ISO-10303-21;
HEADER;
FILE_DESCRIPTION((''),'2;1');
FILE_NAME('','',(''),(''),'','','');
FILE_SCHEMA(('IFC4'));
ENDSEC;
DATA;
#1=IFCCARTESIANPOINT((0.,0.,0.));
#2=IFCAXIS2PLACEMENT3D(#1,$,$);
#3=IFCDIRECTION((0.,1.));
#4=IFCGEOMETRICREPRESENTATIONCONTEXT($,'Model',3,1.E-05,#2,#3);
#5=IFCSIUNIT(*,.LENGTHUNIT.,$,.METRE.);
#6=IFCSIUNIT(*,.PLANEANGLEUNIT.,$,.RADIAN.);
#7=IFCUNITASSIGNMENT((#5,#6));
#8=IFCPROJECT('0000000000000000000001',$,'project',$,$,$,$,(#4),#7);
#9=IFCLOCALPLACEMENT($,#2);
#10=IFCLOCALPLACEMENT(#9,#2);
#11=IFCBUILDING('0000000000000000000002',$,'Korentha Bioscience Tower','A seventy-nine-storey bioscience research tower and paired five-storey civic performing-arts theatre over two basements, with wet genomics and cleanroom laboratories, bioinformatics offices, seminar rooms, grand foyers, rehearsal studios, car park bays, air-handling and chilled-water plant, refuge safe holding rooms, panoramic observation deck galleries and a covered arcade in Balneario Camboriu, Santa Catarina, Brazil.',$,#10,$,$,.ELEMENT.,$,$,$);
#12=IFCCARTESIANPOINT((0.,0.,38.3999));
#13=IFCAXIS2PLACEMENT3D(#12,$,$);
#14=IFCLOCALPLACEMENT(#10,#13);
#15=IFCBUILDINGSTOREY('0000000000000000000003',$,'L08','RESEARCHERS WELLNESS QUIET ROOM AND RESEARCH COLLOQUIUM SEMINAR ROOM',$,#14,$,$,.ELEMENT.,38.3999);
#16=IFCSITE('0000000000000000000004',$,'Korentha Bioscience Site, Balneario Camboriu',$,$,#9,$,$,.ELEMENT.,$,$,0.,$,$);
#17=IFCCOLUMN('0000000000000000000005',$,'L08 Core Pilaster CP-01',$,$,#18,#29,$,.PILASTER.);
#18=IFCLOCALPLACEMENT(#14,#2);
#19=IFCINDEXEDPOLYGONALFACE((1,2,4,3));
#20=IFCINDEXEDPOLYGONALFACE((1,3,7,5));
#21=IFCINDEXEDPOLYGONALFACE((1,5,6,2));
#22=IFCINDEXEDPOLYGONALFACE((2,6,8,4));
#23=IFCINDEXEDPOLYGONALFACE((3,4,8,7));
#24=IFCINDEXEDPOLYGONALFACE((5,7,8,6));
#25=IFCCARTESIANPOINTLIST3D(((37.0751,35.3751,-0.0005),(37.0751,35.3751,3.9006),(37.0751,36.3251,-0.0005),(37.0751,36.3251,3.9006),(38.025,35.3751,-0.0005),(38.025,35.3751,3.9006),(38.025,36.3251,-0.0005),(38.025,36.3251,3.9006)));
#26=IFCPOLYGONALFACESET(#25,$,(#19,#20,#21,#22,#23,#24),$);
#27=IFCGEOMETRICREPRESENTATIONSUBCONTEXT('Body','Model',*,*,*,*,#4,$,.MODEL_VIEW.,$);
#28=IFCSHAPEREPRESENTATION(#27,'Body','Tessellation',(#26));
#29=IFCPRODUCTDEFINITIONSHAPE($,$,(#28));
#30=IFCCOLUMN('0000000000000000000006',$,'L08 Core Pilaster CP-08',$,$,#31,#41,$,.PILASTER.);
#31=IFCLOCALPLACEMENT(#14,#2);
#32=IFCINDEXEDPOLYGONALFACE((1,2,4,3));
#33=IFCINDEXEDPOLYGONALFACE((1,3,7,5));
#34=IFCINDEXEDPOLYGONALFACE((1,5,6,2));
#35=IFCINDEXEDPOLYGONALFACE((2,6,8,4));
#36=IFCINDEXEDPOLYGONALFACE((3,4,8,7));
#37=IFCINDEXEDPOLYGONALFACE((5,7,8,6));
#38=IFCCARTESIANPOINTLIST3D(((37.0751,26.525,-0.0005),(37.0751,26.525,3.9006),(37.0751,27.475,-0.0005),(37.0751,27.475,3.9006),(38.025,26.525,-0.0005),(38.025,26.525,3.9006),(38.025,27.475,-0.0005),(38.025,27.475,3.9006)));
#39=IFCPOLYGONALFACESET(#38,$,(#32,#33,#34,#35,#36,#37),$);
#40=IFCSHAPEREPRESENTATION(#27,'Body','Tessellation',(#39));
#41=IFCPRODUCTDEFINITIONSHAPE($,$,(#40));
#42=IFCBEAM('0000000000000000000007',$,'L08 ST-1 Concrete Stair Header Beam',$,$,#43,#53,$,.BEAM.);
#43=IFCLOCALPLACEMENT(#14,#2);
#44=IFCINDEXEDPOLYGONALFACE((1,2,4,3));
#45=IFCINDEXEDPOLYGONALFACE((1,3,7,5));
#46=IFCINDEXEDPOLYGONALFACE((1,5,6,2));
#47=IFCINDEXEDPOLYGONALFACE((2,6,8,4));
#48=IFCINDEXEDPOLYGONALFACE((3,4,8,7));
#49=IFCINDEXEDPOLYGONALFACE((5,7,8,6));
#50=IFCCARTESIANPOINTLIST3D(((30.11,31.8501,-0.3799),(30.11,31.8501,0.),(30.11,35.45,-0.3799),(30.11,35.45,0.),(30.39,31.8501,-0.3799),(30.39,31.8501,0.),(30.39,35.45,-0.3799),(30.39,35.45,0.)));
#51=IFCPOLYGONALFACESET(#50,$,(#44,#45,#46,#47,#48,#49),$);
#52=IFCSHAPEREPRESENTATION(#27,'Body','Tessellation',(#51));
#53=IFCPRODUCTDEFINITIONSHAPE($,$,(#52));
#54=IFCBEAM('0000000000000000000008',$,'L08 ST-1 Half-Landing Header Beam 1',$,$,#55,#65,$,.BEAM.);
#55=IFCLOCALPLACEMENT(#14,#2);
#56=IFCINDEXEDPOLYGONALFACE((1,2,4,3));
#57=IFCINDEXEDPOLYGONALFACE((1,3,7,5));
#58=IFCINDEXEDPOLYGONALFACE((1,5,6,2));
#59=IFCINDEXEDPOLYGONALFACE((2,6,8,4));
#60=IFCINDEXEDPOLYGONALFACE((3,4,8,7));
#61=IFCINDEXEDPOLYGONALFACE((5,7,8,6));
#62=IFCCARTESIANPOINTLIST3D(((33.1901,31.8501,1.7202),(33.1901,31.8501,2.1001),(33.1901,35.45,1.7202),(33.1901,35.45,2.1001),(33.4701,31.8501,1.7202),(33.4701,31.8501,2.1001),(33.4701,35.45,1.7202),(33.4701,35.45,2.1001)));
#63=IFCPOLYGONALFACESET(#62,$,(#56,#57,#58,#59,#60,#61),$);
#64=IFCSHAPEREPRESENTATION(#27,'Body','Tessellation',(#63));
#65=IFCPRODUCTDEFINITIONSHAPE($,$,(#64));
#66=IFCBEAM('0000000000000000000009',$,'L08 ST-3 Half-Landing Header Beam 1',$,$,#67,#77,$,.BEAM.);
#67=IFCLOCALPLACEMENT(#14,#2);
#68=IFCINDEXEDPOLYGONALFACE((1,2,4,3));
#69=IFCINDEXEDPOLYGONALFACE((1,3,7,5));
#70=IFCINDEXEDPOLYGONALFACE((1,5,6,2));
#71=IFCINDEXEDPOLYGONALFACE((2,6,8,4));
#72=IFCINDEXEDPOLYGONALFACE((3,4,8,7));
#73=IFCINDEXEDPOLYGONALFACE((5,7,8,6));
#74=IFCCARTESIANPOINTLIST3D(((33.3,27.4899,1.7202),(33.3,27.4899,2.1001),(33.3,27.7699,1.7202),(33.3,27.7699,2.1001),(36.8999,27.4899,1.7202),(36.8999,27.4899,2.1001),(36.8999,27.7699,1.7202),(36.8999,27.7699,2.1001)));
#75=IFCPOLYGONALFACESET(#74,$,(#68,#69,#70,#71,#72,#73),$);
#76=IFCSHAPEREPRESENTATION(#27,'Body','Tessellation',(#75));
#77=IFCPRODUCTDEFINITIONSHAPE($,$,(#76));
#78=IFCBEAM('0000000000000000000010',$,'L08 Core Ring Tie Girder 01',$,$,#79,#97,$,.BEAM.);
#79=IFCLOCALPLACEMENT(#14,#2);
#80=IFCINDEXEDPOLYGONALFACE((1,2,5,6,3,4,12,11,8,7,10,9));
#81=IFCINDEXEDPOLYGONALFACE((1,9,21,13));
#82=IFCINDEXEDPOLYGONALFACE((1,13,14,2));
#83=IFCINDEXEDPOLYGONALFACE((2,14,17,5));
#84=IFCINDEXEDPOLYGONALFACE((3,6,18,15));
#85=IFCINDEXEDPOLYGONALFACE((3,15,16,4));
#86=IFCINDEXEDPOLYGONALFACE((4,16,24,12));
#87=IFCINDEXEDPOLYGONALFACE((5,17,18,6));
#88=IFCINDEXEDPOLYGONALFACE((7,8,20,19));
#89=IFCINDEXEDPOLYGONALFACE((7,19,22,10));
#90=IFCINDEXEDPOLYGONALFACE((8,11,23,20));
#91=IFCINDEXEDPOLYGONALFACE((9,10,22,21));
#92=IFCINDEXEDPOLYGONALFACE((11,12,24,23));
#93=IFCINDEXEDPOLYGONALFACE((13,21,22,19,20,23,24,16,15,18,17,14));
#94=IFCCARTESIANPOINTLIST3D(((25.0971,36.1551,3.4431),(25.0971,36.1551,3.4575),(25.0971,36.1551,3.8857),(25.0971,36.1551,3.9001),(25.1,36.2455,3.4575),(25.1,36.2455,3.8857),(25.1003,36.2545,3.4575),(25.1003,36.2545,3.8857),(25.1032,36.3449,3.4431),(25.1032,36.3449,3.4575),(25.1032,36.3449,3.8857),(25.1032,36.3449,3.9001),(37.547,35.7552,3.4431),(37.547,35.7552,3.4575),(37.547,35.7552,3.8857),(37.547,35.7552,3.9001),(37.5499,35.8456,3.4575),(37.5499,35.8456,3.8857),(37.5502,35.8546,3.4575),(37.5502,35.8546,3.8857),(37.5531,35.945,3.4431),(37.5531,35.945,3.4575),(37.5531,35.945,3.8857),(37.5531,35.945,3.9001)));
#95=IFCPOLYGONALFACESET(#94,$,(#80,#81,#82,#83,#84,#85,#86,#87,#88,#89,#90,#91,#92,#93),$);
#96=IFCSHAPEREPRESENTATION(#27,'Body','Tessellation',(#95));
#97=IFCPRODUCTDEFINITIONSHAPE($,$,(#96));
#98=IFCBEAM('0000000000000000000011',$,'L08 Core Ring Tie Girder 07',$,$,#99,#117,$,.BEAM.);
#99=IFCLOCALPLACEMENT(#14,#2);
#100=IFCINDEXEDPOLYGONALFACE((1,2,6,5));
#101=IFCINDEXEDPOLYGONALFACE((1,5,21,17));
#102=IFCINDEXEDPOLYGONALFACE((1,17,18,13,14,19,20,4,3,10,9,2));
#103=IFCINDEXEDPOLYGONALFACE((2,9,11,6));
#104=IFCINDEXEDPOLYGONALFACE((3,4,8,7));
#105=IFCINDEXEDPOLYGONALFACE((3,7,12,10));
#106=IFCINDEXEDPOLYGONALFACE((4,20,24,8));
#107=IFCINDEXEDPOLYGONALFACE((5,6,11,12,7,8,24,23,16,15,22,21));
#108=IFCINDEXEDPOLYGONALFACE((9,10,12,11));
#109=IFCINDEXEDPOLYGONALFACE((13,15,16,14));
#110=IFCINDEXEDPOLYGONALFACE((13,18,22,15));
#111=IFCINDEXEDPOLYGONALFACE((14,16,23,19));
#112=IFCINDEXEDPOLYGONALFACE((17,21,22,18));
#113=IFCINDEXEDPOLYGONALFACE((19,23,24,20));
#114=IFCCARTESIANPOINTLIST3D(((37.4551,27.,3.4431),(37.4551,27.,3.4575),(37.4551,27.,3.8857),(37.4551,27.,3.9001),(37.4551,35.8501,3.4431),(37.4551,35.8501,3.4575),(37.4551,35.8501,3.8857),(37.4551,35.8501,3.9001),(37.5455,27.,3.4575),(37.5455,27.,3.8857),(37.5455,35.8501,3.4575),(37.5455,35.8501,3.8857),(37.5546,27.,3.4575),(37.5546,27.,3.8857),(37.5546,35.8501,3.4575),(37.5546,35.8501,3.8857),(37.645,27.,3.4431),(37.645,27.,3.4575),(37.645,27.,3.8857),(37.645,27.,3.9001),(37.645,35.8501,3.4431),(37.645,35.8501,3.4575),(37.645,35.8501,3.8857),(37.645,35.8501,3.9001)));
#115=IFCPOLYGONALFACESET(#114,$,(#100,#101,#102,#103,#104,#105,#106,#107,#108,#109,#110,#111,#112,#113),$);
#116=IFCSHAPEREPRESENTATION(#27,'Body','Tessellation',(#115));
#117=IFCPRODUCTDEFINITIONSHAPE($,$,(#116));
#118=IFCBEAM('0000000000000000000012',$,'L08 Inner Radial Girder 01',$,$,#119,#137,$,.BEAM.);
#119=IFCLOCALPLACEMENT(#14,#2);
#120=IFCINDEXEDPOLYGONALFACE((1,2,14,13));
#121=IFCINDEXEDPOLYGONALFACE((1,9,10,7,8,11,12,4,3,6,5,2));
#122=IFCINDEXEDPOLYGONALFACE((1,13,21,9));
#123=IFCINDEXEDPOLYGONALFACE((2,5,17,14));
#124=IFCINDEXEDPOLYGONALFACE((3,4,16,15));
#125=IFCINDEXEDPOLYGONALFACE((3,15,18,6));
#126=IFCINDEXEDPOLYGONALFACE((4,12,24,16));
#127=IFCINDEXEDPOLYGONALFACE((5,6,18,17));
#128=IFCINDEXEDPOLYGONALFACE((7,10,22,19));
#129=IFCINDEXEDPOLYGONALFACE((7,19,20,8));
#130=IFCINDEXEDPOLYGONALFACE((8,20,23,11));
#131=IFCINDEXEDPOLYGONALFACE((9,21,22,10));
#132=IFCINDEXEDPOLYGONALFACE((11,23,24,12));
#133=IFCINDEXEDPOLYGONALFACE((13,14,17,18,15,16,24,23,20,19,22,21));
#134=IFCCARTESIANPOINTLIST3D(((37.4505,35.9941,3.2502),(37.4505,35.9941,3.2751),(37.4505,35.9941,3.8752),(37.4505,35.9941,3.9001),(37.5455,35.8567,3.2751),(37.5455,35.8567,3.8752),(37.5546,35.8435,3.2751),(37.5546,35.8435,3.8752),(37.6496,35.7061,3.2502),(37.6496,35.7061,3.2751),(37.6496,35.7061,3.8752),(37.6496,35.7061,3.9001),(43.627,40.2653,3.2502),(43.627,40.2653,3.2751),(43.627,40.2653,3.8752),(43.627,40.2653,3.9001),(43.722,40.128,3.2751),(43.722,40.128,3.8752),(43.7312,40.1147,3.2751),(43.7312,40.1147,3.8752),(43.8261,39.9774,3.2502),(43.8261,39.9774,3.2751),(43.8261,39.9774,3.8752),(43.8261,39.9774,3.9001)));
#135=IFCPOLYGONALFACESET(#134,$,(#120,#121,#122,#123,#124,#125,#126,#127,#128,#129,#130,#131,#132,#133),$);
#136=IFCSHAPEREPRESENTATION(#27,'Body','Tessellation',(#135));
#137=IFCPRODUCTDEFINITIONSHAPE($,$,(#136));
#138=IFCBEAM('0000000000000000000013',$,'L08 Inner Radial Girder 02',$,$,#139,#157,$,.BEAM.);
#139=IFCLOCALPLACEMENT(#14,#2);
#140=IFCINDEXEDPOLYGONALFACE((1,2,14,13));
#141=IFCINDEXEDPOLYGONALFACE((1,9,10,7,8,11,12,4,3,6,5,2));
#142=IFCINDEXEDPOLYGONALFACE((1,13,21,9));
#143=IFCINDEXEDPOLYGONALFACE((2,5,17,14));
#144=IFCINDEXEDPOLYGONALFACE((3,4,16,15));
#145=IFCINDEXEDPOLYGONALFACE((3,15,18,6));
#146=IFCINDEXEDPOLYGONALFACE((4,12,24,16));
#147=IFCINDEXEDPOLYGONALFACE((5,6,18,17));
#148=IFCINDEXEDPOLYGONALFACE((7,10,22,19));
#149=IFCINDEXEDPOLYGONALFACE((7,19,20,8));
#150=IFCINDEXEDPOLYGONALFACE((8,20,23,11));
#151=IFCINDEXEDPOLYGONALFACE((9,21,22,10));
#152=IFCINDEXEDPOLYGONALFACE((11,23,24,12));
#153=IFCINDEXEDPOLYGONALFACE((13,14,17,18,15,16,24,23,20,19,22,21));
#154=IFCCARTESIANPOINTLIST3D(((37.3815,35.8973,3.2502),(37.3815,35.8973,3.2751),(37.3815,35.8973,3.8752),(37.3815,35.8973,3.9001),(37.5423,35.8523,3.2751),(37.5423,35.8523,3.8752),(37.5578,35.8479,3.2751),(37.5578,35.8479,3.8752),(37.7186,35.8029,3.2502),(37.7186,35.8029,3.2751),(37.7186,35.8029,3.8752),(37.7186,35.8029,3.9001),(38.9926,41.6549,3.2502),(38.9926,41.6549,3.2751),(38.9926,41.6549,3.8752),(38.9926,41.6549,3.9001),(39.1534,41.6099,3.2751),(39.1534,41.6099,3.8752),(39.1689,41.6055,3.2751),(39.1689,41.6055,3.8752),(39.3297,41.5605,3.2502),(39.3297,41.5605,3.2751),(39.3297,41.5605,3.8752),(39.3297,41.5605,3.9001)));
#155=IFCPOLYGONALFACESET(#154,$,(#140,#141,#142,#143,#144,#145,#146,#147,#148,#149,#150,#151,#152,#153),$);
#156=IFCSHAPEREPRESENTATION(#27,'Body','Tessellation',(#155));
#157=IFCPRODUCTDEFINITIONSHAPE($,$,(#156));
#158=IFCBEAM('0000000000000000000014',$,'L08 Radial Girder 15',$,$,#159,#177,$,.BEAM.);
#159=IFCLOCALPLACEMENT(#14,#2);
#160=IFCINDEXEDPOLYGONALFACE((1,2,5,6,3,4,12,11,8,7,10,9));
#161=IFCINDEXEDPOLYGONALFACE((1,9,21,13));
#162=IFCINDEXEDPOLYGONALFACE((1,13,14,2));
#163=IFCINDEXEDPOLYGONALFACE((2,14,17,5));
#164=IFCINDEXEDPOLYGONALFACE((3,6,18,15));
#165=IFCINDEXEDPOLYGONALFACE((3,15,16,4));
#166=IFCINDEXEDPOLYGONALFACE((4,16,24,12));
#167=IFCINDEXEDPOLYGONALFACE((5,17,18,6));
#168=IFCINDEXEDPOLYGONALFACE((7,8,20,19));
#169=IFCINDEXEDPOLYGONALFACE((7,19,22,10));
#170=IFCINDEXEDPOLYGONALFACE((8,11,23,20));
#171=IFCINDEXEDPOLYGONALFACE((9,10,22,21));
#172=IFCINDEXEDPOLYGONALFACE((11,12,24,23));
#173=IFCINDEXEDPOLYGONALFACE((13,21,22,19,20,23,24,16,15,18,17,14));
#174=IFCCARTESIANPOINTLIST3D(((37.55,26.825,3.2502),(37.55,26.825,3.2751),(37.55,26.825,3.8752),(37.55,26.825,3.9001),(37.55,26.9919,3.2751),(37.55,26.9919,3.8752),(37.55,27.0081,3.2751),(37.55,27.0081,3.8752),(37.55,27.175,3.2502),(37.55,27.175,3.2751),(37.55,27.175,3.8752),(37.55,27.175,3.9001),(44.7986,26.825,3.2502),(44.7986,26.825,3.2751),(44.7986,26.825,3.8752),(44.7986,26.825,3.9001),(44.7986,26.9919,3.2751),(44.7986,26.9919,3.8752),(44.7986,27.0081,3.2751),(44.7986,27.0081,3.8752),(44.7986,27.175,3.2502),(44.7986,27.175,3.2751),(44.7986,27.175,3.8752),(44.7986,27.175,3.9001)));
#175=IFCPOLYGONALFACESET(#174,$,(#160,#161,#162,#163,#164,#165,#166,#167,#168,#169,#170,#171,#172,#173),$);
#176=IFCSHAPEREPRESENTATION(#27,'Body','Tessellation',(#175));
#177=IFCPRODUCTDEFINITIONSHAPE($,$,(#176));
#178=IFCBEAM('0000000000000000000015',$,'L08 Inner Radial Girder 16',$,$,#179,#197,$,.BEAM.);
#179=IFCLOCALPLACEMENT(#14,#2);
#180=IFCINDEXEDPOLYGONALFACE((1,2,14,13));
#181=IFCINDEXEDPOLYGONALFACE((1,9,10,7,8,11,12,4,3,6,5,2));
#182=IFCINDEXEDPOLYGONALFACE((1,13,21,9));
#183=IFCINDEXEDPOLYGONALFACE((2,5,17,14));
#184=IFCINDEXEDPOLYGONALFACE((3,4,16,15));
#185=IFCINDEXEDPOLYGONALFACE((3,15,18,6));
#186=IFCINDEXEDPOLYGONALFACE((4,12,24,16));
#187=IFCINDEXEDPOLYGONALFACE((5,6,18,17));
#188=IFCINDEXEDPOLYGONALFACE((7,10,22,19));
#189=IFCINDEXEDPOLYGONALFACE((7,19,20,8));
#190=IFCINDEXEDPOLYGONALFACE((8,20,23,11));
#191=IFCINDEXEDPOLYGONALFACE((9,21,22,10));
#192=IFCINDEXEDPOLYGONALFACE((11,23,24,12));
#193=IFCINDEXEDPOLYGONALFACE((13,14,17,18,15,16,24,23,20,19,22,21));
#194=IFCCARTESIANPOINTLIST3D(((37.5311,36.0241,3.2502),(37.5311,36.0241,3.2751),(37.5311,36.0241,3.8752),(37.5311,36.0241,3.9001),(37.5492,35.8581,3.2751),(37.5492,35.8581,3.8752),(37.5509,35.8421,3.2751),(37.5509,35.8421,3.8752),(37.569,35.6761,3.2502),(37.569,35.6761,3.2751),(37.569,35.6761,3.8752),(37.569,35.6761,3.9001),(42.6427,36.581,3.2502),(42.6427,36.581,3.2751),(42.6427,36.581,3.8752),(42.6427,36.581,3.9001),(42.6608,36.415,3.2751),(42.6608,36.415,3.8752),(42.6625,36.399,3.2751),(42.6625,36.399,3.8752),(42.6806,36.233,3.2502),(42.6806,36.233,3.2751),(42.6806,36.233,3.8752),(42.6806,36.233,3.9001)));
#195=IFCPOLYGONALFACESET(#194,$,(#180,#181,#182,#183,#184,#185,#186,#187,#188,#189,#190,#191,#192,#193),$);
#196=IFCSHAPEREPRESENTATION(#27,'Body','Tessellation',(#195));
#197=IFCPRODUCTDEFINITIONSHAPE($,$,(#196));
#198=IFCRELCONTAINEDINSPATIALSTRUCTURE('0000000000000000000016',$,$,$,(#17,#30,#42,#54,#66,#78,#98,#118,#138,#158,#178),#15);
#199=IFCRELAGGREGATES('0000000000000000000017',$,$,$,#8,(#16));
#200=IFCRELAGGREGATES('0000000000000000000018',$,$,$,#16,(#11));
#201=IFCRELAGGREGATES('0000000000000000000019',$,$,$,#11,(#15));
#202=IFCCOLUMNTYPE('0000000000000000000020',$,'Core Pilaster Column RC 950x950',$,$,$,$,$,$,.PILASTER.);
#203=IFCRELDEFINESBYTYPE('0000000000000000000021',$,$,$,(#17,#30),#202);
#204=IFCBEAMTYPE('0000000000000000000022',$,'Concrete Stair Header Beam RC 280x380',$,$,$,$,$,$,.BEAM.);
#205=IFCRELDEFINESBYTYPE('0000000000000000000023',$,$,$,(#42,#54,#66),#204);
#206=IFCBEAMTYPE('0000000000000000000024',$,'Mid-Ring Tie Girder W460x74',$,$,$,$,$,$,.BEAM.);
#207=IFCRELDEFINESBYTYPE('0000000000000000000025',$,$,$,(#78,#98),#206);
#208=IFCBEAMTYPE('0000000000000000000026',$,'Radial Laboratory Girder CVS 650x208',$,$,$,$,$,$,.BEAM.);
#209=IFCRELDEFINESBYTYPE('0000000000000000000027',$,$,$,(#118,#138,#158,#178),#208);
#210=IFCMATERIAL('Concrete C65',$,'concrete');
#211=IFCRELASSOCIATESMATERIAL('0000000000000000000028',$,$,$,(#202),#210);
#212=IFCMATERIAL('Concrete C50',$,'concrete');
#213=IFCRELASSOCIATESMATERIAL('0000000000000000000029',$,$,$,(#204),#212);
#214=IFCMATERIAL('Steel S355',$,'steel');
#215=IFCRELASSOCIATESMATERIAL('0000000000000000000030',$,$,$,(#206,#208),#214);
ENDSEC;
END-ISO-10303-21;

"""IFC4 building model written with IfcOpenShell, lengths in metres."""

from ifc_helpers import new_model, si_unit, direction, frame, origin, origin_2d, place, context, subcontext, project, spatial, rectangle, i_section, extrude, material, material_profile, profile_set, type_object, element, save


model = new_model("IFC4")

# Units and contexts
model_context = context("Model", 3, precision=1e-05, world=origin(), true_north=direction((0.0, 1.0)))
body_context = subcontext(model_context, "Body", "Model", "MODEL_VIEW")
ifc_project = project(units=[si_unit("LENGTHUNIT", "METRE"), si_unit("PLANEANGLEUNIT", "RADIAN")], contexts=[model_context])

# Site, building, storey
site_placement = place(None, origin())
site = spatial("IfcSite", under=ifc_project, at=site_placement, Name="Korentha Bioscience Site, Balneario Camboriu", CompositionType="ELEMENT", RefElevation=0.0)
building_placement = place(site_placement, origin())
building = spatial("IfcBuilding", under=site, at=building_placement, Name="Korentha Bioscience Tower", Description="A seventy-nine-storey bioscience research tower and paired five-storey civic performing-arts theatre over two basements, with wet genomics and cleanroom laboratories, bioinformatics offices, seminar rooms, grand foyers, rehearsal studios, car park bays, air-handling and chilled-water plant, refuge safe holding rooms, panoramic observation deck galleries and a covered arcade in Balneario Camboriu, Santa Catarina, Brazil.", CompositionType="ELEMENT")
storey_placement = place(building_placement, frame((0.0, 0.0, 38.3999)))
storey = spatial("IfcBuildingStorey", under=building, at=storey_placement, Name="L08", Description="RESEARCHERS WELLNESS QUIET ROOM AND RESEARCH COLLOQUIUM SEMINAR ROOM", CompositionType="ELEMENT", Elevation=38.3999)

# Columns
ifc_material_1 = material(Name="Concrete C65", Category="concrete")
ifc_material_profile_1 = material_profile(ifc_material_1, rectangle(XDim=0.95, YDim=0.95, at=origin_2d()), Name="Concrete C65")
ifc_profile_set_1 = profile_set([ifc_material_profile_1], Name="Concrete C65 (COL-CP09)")
column_type = type_object("IfcColumnType", Name="Core Pilaster Column RC 950x950", PredefinedType="PILASTER", material=ifc_profile_set_1)
for number, where, z_axis, x_axis, name in (
    (1, (37.55, 35.8501, -0.0005), (0.0, 0.0, 1.0), (1.0, 0.0, 0.0), "L08 Core Pilaster CP-01"),
    (2, (37.55, 27.0, -0.0005), (0.0, 0.0, 1.0), (1.0, 0.0, 0.0), "L08 Core Pilaster CP-08"),
):
    element("IfcColumn", number, at=place(storey_placement, frame(where, z_axis=z_axis, x_axis=x_axis)), inside=storey, type_object=column_type, Name=name, PredefinedType="PILASTER", context=body_context, shape_type="SweptSolid", body=[
        extrude(rectangle(XDim=0.95, YDim=0.95, at=origin_2d()), origin(), (0.0, 0.0, 1.0), 3.9011),
    ])

# Beams
ifc_material_2 = material(Name="Concrete C50", Category="concrete")
ifc_material_profile_2 = material_profile(ifc_material_2, rectangle(XDim=0.28, YDim=0.3799, at=origin_2d()), Name="Concrete C50")
ifc_profile_set_2 = profile_set([ifc_material_profile_2], Name="Concrete C50 (ST-HB380)")
beam_type_1 = type_object("IfcBeamType", Name="Concrete Stair Header Beam RC 280x380", PredefinedType="BEAM", material=ifc_profile_set_2)
for number, where, z_axis, x_axis, name in (
    (3, (30.25, 31.8501, -0.1899), (0.0, 1.0, 0.0), (-1.0, 0.0, 0.0), "L08 ST-1 Concrete Stair Header Beam"),
    (4, (33.3301, 31.8501, 1.9102), (0.0, 1.0, 0.0), (-1.0, 0.0, 0.0), "L08 ST-1 Half-Landing Header Beam 1"),
    (5, (36.8999, 27.6299, 1.9102), (-1.0, 0.0, 0.0), (0.0, -1.0, 0.0), "L08 ST-3 Half-Landing Header Beam 1"),
):
    element("IfcBeam", number, at=place(storey_placement, frame(where, z_axis=z_axis, x_axis=x_axis)), inside=storey, type_object=beam_type_1, Name=name, PredefinedType="BEAM", context=body_context, shape_type="SweptSolid", body=[
        extrude(rectangle(XDim=0.28, YDim=0.3799, at=origin_2d()), origin(), (0.0, 0.0, 1.0), 3.5999),
    ])
ifc_material_3 = material(Name="Steel S355", Category="steel")
ifc_material_profile_3 = material_profile(ifc_material_3, i_section(OverallWidth=0.1899, OverallDepth=0.457, WebThickness=0.009, FlangeThickness=0.0144, at=origin_2d()), Name="Steel S355")
ifc_profile_set_3 = profile_set([ifc_material_profile_3], Name="Steel S355 (MB-460)")
beam_type_2 = type_object("IfcBeamType", Name="Mid-Ring Tie Girder W460x74", PredefinedType="BEAM", material=ifc_profile_set_3)
beam_1_placement = place(storey_placement, frame((37.55, 35.8501, 3.6716), z_axis=(-0.999485, 0.032104, 0.0), x_axis=(-0.032104, -0.999485, 0.0)))
element("IfcBeam", 6, at=beam_1_placement, inside=storey, type_object=beam_type_2, Name="L08 Core Ring Tie Girder 01", PredefinedType="BEAM", context=body_context, shape_type="SweptSolid", body=[
    extrude(i_section(OverallWidth=0.1899, OverallDepth=0.457, WebThickness=0.009, FlangeThickness=0.0144, at=origin_2d()), origin(), (0.0, 0.0, 1.0), 12.4563),
])
beam_2_placement = place(storey_placement, frame((37.55, 27.0, 3.6716), z_axis=(0.0, 1.0, 0.0), x_axis=(-1.0, 0.0, 0.0)))
element("IfcBeam", 7, at=beam_2_placement, inside=storey, type_object=beam_type_2, Name="L08 Core Ring Tie Girder 07", PredefinedType="BEAM", context=body_context, shape_type="SweptSolid", body=[
    extrude(i_section(OverallWidth=0.1899, OverallDepth=0.457, WebThickness=0.009, FlangeThickness=0.0144, at=origin_2d()), origin(), (0.0, 0.0, 1.0), 8.8501),
])
ifc_material_profile_4 = material_profile(ifc_material_3, i_section(OverallWidth=0.3501, OverallDepth=0.6499, WebThickness=0.0161, FlangeThickness=0.0249, at=origin_2d()), Name="Steel S355")
ifc_profile_set_4 = profile_set([ifc_material_profile_4], Name="Steel S355 (RB-650)")
beam_type_3 = type_object("IfcBeamType", Name="Radial Laboratory Girder CVS 650x208", PredefinedType="BEAM", material=ifc_profile_set_4)
beam_3_placement = place(storey_placement, frame((37.55, 35.8501, 3.5752), z_axis=(0.822492, 0.568777, 0.0), x_axis=(-0.568777, 0.822492, 0.0)))
element("IfcBeam", 8, at=beam_3_placement, inside=storey, type_object=beam_type_3, Name="L08 Inner Radial Girder 01", PredefinedType="BEAM", context=body_context, shape_type="SweptSolid", body=[
    extrude(i_section(OverallWidth=0.3501, OverallDepth=0.6499, WebThickness=0.0161, FlangeThickness=0.0249, at=origin_2d()), origin(), (0.0, 0.0, 1.0), 7.5095),
])
beam_4_placement = place(storey_placement, frame((37.55, 35.8501, 3.5752), z_axis=(0.269469, 0.963009, 0.0), x_axis=(-0.963009, 0.269469, 0.0)))
element("IfcBeam", 9, at=beam_4_placement, inside=storey, type_object=beam_type_3, Name="L08 Inner Radial Girder 02", PredefinedType="BEAM", context=body_context, shape_type="SweptSolid", body=[
    extrude(i_section(OverallWidth=0.3501, OverallDepth=0.6499, WebThickness=0.0161, FlangeThickness=0.0249, at=origin_2d()), origin(), (0.0, 0.0, 1.0), 5.9788),
])
beam_5_placement = place(storey_placement, frame((37.55, 27.0, 3.5752), z_axis=(1.0, 0.0, 0.0), x_axis=(0.0, 1.0, 0.0)))
element("IfcBeam", 10, at=beam_5_placement, inside=storey, type_object=beam_type_3, Name="L08 Radial Girder 15", PredefinedType="BEAM", context=body_context, shape_type="SweptSolid", body=[
    extrude(i_section(OverallWidth=0.3501, OverallDepth=0.6499, WebThickness=0.0161, FlangeThickness=0.0249, at=origin_2d()), origin(), (0.0, 0.0, 1.0), 7.2485),
])
beam_6_placement = place(storey_placement, frame((37.55, 35.8501, 3.5752), z_axis=(0.994118, 0.108305, 0.0), x_axis=(-0.108305, 0.994118, 0.0)))
element("IfcBeam", 11, at=beam_6_placement, inside=storey, type_object=beam_type_3, Name="L08 Inner Radial Girder 16", PredefinedType="BEAM", context=body_context, shape_type="SweptSolid", body=[
    extrude(i_section(OverallWidth=0.3501, OverallDepth=0.6499, WebThickness=0.0161, FlangeThickness=0.0249, at=origin_2d()), origin(), (0.0, 0.0, 1.0), 5.1418),
])

save(model, "model.ifc")
